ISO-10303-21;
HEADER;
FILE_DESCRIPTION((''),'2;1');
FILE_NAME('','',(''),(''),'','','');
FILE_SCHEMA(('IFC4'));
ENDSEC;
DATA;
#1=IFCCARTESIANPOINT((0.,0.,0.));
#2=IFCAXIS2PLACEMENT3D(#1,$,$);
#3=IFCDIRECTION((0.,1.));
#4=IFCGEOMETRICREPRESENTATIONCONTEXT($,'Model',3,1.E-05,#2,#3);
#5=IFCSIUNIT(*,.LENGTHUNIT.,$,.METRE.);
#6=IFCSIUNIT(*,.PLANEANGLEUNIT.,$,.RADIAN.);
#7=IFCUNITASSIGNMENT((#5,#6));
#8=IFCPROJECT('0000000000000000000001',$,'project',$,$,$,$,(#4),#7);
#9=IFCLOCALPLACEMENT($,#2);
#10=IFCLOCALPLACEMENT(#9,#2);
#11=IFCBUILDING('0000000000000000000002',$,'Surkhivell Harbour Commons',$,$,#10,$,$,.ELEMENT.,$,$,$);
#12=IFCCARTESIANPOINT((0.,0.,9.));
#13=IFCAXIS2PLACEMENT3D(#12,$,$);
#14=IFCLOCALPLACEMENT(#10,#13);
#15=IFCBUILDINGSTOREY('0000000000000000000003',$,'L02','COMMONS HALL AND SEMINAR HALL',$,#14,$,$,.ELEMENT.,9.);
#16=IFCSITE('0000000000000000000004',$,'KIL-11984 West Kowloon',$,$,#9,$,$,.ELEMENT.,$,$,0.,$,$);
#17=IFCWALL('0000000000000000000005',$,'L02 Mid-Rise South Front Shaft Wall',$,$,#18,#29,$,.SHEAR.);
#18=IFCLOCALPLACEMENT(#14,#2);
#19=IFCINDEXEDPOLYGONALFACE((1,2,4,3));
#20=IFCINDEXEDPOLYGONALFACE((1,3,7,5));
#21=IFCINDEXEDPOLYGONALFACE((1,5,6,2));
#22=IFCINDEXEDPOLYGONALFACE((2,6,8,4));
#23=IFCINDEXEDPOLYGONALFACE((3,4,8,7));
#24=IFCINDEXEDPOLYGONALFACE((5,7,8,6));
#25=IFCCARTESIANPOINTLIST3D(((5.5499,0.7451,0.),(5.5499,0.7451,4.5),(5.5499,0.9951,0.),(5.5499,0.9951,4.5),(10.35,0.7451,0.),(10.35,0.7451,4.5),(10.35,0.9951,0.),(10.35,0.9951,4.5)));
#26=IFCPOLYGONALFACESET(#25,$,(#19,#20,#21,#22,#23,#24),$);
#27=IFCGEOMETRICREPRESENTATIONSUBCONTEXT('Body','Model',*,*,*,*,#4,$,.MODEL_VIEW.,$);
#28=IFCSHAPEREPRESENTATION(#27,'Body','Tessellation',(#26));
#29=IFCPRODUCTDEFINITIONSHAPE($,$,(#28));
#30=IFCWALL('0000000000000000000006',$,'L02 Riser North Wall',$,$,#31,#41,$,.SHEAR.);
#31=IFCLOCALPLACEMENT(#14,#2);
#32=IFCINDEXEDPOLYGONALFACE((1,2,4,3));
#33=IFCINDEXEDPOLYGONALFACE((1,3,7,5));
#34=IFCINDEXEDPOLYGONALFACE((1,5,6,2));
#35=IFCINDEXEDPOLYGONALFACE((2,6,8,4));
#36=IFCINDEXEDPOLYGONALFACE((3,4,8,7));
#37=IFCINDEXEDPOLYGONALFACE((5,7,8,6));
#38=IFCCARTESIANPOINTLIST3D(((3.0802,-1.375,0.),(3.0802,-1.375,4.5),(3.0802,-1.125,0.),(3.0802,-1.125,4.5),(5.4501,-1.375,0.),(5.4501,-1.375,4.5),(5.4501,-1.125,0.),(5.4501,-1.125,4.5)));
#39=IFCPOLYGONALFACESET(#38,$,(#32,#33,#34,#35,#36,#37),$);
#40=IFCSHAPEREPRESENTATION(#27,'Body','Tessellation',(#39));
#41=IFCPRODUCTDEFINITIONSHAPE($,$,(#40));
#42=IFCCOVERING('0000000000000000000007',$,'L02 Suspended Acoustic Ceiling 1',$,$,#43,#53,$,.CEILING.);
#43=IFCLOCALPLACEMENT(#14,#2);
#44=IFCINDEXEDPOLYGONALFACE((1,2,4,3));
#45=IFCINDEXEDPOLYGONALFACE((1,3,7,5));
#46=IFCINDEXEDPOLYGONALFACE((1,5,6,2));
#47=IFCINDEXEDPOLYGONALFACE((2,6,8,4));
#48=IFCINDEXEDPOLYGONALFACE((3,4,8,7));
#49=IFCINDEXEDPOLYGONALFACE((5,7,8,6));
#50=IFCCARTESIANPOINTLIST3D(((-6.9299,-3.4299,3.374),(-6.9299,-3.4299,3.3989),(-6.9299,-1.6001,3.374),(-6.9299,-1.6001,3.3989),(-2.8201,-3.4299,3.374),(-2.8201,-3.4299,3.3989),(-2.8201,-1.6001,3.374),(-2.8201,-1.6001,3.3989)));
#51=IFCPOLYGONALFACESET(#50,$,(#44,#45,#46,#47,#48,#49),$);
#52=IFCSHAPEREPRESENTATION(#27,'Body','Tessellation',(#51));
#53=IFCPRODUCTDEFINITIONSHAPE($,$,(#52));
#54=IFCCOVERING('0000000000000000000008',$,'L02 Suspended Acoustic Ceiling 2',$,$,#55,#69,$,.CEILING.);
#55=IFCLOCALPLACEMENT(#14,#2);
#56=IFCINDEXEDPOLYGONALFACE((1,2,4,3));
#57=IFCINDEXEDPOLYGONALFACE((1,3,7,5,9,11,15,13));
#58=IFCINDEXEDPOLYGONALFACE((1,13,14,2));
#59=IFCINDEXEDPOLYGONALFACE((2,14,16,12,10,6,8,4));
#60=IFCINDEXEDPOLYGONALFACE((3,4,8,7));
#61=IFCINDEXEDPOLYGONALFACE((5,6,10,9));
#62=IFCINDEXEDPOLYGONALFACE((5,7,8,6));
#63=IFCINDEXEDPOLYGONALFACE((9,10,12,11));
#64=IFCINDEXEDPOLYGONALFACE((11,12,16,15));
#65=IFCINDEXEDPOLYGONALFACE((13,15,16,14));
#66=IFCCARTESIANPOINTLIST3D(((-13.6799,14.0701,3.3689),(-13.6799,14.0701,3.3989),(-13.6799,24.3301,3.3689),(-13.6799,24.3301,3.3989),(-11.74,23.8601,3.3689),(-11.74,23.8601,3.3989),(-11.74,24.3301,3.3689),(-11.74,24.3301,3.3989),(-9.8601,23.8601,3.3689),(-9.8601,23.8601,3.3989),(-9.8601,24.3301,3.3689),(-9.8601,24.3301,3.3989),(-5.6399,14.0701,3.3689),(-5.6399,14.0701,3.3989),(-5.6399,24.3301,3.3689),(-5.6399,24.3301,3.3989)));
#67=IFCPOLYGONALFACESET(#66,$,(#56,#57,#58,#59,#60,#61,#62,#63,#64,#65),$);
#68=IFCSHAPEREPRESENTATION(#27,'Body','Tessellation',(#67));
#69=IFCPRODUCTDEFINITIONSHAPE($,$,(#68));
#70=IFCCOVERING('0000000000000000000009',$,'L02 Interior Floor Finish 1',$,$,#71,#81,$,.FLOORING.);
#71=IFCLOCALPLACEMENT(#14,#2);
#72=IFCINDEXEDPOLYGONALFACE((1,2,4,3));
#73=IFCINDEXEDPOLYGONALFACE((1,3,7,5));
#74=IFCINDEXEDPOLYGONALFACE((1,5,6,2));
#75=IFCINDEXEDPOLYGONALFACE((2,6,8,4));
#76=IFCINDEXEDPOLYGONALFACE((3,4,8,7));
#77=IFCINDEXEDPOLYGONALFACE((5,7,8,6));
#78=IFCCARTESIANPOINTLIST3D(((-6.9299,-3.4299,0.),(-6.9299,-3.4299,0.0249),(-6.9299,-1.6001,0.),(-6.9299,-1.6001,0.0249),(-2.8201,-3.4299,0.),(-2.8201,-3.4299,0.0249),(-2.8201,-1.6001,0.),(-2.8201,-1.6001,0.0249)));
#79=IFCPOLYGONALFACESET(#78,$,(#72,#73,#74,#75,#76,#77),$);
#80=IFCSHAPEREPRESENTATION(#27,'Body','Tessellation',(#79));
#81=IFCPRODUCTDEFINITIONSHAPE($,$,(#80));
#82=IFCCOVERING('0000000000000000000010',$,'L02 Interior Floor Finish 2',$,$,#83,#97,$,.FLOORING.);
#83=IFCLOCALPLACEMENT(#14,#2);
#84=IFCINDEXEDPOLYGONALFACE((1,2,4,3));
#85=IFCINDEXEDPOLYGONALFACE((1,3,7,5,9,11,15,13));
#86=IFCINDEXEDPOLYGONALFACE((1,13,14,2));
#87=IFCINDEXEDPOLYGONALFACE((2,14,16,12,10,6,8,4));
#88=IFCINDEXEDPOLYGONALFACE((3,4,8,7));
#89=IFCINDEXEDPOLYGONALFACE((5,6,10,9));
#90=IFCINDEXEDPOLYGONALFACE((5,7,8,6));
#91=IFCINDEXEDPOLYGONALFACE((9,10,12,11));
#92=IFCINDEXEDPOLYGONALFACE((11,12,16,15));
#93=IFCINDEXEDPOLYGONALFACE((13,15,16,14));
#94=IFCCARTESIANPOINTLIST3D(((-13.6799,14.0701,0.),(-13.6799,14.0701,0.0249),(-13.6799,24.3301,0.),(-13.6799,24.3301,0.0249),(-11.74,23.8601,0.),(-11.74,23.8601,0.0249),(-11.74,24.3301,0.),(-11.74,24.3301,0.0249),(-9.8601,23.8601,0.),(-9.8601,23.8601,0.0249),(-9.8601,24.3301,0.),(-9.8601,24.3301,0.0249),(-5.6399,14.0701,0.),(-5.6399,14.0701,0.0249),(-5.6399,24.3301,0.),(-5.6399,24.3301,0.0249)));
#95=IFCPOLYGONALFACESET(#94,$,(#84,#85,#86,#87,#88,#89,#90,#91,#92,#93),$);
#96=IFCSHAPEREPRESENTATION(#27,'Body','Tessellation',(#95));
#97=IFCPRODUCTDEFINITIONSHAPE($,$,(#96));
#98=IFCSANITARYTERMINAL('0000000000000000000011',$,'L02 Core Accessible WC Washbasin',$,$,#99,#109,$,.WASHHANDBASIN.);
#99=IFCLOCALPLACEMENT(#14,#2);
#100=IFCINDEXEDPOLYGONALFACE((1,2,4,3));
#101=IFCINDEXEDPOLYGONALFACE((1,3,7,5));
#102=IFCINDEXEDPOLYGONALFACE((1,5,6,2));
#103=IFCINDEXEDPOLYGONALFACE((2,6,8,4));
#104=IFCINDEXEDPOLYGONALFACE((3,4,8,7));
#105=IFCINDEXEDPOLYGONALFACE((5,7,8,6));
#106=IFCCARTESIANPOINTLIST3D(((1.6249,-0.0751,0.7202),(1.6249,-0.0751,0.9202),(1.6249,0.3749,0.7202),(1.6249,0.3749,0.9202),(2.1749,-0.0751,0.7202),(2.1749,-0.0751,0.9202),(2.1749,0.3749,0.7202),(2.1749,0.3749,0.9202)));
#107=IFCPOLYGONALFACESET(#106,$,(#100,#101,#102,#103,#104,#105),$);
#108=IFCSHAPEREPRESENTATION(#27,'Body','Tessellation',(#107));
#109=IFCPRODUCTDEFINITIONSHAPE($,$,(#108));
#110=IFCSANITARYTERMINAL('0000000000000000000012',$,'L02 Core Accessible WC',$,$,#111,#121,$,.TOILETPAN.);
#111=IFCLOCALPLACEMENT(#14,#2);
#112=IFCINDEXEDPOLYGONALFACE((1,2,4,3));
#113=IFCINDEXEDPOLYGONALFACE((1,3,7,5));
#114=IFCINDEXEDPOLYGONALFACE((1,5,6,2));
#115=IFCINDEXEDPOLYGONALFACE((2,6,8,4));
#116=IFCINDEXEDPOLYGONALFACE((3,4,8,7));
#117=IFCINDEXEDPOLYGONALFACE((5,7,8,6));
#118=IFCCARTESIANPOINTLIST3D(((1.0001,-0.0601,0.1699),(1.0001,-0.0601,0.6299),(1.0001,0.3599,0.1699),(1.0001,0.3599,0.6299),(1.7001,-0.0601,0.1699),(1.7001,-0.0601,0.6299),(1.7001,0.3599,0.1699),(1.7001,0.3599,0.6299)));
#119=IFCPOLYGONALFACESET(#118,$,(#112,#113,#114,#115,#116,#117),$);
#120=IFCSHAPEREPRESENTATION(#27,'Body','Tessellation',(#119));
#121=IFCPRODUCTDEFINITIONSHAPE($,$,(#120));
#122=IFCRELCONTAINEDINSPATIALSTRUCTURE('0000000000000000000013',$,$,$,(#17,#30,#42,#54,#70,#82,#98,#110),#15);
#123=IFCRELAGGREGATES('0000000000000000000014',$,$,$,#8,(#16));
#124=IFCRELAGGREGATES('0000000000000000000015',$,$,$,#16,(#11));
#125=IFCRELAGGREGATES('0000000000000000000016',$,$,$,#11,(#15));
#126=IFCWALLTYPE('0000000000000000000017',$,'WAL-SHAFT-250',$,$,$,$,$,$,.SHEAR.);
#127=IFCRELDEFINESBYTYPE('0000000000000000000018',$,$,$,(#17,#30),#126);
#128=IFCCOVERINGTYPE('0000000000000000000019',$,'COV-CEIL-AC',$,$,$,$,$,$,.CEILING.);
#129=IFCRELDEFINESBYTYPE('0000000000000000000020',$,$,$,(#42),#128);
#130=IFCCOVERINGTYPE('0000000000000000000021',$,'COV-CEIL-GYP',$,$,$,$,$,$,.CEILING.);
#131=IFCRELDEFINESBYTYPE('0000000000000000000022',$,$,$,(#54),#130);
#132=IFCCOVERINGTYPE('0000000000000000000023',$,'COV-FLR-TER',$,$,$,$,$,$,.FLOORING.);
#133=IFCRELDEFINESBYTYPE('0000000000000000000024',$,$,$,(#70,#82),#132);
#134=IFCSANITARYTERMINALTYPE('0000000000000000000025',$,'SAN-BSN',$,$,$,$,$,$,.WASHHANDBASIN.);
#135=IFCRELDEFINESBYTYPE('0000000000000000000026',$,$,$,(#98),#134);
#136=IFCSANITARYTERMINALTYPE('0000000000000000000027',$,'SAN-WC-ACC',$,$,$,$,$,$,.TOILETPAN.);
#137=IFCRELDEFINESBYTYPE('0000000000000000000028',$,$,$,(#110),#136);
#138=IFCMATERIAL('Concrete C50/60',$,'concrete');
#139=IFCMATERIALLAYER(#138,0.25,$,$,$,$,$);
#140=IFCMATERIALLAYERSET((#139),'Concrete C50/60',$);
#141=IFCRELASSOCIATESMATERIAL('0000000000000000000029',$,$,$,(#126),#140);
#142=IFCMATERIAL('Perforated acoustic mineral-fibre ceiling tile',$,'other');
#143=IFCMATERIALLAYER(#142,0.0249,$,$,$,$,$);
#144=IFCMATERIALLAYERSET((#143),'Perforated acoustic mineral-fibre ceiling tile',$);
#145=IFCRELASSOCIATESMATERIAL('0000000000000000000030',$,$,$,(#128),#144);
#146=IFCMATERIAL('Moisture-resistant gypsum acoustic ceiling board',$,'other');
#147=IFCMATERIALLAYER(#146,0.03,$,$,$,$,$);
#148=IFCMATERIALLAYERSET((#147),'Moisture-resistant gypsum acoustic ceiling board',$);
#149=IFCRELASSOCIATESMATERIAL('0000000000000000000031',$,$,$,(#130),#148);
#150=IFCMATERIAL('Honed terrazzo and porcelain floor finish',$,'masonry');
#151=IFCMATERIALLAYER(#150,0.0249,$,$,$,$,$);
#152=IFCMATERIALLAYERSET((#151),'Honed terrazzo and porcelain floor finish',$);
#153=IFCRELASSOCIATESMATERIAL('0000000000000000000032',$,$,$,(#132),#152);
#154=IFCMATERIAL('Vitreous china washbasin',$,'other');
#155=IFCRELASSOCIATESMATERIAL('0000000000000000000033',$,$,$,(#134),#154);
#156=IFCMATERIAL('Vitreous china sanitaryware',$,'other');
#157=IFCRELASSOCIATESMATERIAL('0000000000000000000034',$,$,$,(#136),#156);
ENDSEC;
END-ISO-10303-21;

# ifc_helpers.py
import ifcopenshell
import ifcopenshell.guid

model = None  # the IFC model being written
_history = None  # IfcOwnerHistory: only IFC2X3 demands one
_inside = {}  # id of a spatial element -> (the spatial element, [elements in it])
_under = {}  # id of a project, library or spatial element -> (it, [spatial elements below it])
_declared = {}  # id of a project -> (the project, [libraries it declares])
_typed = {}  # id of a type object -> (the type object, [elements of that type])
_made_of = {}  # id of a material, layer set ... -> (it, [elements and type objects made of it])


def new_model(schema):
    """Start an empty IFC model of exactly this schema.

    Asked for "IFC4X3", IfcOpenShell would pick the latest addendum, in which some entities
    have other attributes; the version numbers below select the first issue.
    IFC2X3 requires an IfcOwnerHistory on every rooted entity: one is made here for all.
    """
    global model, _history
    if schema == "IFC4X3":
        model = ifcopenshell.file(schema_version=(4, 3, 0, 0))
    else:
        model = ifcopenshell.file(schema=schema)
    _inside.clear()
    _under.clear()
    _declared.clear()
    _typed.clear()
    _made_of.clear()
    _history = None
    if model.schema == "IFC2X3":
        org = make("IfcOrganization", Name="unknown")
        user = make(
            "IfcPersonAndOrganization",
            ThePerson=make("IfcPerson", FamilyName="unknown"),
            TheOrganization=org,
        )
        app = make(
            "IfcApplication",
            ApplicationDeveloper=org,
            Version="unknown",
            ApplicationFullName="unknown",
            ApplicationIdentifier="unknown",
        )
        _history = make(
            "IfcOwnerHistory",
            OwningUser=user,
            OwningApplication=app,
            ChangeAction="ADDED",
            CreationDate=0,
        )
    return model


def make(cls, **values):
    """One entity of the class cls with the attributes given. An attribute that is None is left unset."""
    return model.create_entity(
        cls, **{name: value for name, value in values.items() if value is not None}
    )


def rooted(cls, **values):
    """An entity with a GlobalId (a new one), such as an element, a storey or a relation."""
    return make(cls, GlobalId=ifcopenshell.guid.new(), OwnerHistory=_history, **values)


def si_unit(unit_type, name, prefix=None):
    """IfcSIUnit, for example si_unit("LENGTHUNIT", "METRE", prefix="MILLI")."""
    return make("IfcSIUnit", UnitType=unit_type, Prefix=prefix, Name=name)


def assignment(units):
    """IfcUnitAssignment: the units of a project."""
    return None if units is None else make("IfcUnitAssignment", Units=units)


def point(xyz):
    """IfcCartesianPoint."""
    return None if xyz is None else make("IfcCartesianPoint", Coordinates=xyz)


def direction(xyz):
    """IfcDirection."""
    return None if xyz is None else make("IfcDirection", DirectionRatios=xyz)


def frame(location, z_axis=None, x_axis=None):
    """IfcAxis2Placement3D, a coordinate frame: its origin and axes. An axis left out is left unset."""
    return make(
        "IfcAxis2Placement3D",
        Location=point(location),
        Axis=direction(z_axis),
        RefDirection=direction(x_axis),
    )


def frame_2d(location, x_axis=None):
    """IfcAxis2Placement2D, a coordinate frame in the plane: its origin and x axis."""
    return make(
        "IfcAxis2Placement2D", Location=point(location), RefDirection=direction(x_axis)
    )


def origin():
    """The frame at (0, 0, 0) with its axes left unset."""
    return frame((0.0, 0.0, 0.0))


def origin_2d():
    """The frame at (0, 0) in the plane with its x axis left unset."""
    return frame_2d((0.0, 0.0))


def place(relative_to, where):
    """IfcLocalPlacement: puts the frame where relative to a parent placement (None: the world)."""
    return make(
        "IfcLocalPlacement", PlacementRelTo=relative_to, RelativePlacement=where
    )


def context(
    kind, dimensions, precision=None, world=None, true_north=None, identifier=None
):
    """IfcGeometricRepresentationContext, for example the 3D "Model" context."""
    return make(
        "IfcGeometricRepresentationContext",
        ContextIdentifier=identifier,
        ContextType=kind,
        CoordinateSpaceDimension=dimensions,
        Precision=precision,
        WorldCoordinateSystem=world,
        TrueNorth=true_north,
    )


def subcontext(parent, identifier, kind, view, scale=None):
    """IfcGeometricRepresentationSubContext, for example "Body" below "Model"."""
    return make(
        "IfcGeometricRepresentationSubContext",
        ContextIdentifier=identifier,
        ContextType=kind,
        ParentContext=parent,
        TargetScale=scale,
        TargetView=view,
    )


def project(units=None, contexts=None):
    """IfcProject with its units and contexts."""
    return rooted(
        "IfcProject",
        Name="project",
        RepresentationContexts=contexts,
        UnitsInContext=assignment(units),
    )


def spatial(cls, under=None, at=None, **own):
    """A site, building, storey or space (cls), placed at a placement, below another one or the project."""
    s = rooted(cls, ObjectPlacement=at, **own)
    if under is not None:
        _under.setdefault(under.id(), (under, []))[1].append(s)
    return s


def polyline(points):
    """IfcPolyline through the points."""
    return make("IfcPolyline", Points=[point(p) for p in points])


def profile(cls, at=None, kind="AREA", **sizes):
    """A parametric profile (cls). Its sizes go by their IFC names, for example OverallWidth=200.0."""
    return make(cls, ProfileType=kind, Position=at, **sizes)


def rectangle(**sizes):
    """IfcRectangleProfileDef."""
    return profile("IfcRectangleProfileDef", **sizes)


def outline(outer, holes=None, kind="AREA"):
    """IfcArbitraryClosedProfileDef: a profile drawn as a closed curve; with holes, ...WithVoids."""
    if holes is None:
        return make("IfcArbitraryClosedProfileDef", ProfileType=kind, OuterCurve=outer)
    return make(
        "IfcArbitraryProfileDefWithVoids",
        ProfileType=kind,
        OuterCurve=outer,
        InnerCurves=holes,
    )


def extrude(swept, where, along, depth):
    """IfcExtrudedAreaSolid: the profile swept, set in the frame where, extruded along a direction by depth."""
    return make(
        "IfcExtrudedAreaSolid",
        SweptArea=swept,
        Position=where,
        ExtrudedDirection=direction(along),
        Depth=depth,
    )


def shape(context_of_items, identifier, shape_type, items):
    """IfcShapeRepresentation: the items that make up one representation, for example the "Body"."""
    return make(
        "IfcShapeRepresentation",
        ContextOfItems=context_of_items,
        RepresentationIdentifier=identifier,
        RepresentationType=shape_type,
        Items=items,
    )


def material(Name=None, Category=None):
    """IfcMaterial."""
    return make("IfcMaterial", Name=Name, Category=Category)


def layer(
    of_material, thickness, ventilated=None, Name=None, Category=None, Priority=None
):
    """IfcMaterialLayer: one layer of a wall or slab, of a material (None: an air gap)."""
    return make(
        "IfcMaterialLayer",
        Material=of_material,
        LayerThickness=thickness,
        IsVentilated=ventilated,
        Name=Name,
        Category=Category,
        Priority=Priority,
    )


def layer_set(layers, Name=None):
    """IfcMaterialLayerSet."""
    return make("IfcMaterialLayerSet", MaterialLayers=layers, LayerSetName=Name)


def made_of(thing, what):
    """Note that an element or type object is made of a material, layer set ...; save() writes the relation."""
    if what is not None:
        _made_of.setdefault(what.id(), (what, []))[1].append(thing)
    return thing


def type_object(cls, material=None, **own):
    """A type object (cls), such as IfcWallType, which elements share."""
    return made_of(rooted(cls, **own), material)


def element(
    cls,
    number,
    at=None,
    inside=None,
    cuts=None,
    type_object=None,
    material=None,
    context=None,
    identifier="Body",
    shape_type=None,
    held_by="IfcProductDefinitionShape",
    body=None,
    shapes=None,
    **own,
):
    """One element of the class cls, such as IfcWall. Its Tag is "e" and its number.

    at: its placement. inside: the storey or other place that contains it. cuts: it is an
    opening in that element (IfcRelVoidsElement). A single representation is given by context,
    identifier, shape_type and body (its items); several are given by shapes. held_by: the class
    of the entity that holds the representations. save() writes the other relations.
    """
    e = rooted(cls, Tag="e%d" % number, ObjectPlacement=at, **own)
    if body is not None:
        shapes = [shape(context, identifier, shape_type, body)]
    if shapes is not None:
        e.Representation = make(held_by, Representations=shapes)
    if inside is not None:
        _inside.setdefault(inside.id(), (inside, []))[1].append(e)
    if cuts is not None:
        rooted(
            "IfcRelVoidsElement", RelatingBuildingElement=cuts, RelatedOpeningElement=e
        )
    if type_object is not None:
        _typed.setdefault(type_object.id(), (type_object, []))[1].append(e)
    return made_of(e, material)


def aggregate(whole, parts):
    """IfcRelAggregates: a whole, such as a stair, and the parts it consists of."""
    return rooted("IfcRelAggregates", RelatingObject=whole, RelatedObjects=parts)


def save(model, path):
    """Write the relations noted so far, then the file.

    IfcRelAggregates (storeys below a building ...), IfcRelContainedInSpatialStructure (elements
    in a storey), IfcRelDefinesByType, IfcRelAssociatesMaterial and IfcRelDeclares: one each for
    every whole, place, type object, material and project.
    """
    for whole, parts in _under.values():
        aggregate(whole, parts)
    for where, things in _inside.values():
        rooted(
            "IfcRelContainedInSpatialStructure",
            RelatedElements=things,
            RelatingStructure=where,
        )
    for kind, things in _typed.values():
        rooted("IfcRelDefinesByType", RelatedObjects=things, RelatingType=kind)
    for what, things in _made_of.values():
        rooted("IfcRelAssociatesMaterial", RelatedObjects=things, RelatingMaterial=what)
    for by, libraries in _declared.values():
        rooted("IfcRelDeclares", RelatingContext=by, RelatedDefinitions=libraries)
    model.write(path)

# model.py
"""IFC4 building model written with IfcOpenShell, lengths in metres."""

from ifc_helpers import new_model, si_unit, direction, frame, frame_2d, origin, origin_2d, place, context, subcontext, project, spatial, polyline, rectangle, outline, extrude, material, layer, layer_set, type_object, element, save


model = new_model("IFC4")

# Units and contexts
model_context = context("Model", 3, precision=1e-05, world=origin(), true_north=direction((0.0, 1.0)))
body_context = subcontext(model_context, "Body", "Model", "MODEL_VIEW")
ifc_project = project(units=[si_unit("LENGTHUNIT", "METRE"), si_unit("PLANEANGLEUNIT", "RADIAN")], contexts=[model_context])

# Site, building, storey
site_placement = place(None, origin())
site = spatial("IfcSite", under=ifc_project, at=site_placement, Name="KIL-11984 West Kowloon", CompositionType="ELEMENT", RefElevation=0.0)
building_placement = place(site_placement, origin())
building = spatial("IfcBuilding", under=site, at=building_placement, Name="Surkhivell Harbour Commons", CompositionType="ELEMENT")
storey_placement = place(building_placement, frame((0.0, 0.0, 9.0)))
storey = spatial("IfcBuildingStorey", under=building, at=storey_placement, Name="L02", Description="COMMONS HALL AND SEMINAR HALL", CompositionType="ELEMENT", Elevation=9.0)

# Shared definitions
ifc_material_1 = material(Name="Concrete C50/60", Category="concrete")
ifc_layer_1 = layer(ifc_material_1, 0.25)
ifc_layer_set_1 = layer_set([ifc_layer_1], Name="Concrete C50/60")
wall_type_1 = type_object("IfcWallType", Name="WAL-SHAFT-250", PredefinedType="SHEAR", material=ifc_layer_set_1)

# Walls
for number, where, z_axis, x_axis, name in (
    (1, (5.55, 0.8701, 0.0), (0.0, 0.0, 1.0), (1.0, 0.0, 0.0), "L02 Mid-Rise South Front Shaft Wall"),
):
    element("IfcWall", number, at=place(storey_placement, frame(where, z_axis=z_axis, x_axis=x_axis)), inside=storey, type_object=wall_type_1, Name=name, PredefinedType="SHEAR", context=body_context, shape_type="SweptSolid", body=[
        extrude(rectangle(XDim=4.8, YDim=0.25, at=frame_2d((2.3999, 0.0))), origin(), (0.0, 0.0, 1.0), 4.5),
    ])
wall_1_placement = place(storey_placement, frame((3.0801, -1.25, 0.0), z_axis=(0.0, 0.0, 1.0), x_axis=(1.0, 0.0, 0.0)))
element("IfcWall", 2, at=wall_1_placement, inside=storey, type_object=wall_type_1, Name="L02 Riser North Wall", PredefinedType="SHEAR", context=body_context, shape_type="SweptSolid", body=[
    extrude(rectangle(XDim=2.3699, YDim=0.25, at=frame_2d((1.1851, 0.0))), origin(), (0.0, 0.0, 1.0), 4.5),
])

# Coverings
ifc_material_2 = material(Name="Perforated acoustic mineral-fibre ceiling tile", Category="other")
ifc_layer_2 = layer(ifc_material_2, 0.0249)
ifc_layer_set_2 = layer_set([ifc_layer_2], Name="Perforated acoustic mineral-fibre ceiling tile")
covering_type_1 = type_object("IfcCoveringType", Name="COV-CEIL-AC", PredefinedType="CEILING", material=ifc_layer_set_2)
covering_1_placement = place(storey_placement, frame((0.0, 0.0, 3.374)))
element("IfcCovering", 3, at=covering_1_placement, inside=storey, type_object=covering_type_1, Name="L02 Suspended Acoustic Ceiling 1", PredefinedType="CEILING", context=body_context, shape_type="SweptSolid", body=[
    extrude(outline(polyline([(-6.9299, -3.4299), (-2.8201, -3.4299), (-2.8201, -1.6001), (-6.9299, -1.6001), (-6.9299, -3.4299)])), origin(), (0.0, 0.0, 1.0), 0.0249),
])
ifc_material_3 = material(Name="Moisture-resistant gypsum acoustic ceiling board", Category="other")
ifc_layer_3 = layer(ifc_material_3, 0.03)
ifc_layer_set_3 = layer_set([ifc_layer_3], Name="Moisture-resistant gypsum acoustic ceiling board")
covering_type_2 = type_object("IfcCoveringType", Name="COV-CEIL-GYP", PredefinedType="CEILING", material=ifc_layer_set_3)
covering_2_placement = place(storey_placement, frame((0.0, 0.0, 3.3689)))
element("IfcCovering", 4, at=covering_2_placement, inside=storey, type_object=covering_type_2, Name="L02 Suspended Acoustic Ceiling 2", PredefinedType="CEILING", context=body_context, shape_type="SweptSolid", body=[
    extrude(outline(polyline([(-5.6399, 24.3301), (-9.8601, 24.3301), (-9.8601, 23.8601), (-11.74, 23.8601), (-11.74, 24.3301), (-13.6799, 24.3301), (-13.6799, 14.0701), (-5.6399, 14.0701), (-5.6399, 24.3301)])), origin(), (0.0, 0.0, 1.0), 0.03),
])
ifc_material_4 = material(Name="Honed terrazzo and porcelain floor finish", Category="masonry")
ifc_layer_4 = layer(ifc_material_4, 0.0249)
ifc_layer_set_4 = layer_set([ifc_layer_4], Name="Honed terrazzo and porcelain floor finish")
covering_type_3 = type_object("IfcCoveringType", Name="COV-FLR-TER", PredefinedType="FLOORING", material=ifc_layer_set_4)
covering_3_placement = place(storey_placement, origin())
element("IfcCovering", 5, at=covering_3_placement, inside=storey, type_object=covering_type_3, Name="L02 Interior Floor Finish 1", PredefinedType="FLOORING", context=body_context, shape_type="SweptSolid", body=[
    extrude(outline(polyline([(-6.9299, -3.4299), (-2.8201, -3.4299), (-2.8201, -1.6001), (-6.9299, -1.6001), (-6.9299, -3.4299)])), origin(), (0.0, 0.0, 1.0), 0.0249),
])
covering_4_placement = place(storey_placement, origin())
element("IfcCovering", 6, at=covering_4_placement, inside=storey, type_object=covering_type_3, Name="L02 Interior Floor Finish 2", PredefinedType="FLOORING", context=body_context, shape_type="SweptSolid", body=[
    extrude(outline(polyline([(-5.6399, 24.3301), (-9.8601, 24.3301), (-9.8601, 23.8601), (-11.74, 23.8601), (-11.74, 24.3301), (-13.6799, 24.3301), (-13.6799, 14.0701), (-5.6399, 14.0701), (-5.6399, 24.3301)])), origin(), (0.0, 0.0, 1.0), 0.0249),
])

# Sanitary terminals
ifc_material_5 = material(Name="Vitreous china washbasin", Category="other")
sanitary_terminal_type_1 = type_object("IfcSanitaryTerminalType", Name="SAN-BSN", PredefinedType="WASHHANDBASIN", material=ifc_material_5)
sanitary_terminal_1_placement = place(storey_placement, frame((1.8999, 0.1499, 0.7202), z_axis=(0.0, 0.0, 1.0), x_axis=(1.0, 0.0, 0.0)))
element("IfcSanitaryTerminal", 7, at=sanitary_terminal_1_placement, inside=storey, type_object=sanitary_terminal_type_1, Name="L02 Core Accessible WC Washbasin", PredefinedType="WASHHANDBASIN", context=body_context, shape_type="SweptSolid", body=[
    extrude(rectangle(XDim=0.55, YDim=0.45, at=origin_2d()), origin(), (0.0, 0.0, 1.0), 0.2),
])
ifc_material_6 = material(Name="Vitreous china sanitaryware", Category="other")
sanitary_terminal_type_2 = type_object("IfcSanitaryTerminalType", Name="SAN-WC-ACC", PredefinedType="TOILETPAN", material=ifc_material_6)
sanitary_terminal_2_placement = place(storey_placement, frame((1.3501, 0.1499, 0.1699), z_axis=(0.0, 0.0, 1.0), x_axis=(1.0, 0.0, 0.0)))
element("IfcSanitaryTerminal", 8, at=sanitary_terminal_2_placement, inside=storey, type_object=sanitary_terminal_type_2, Name="L02 Core Accessible WC", PredefinedType="TOILETPAN", context=body_context, shape_type="SweptSolid", body=[
    extrude(rectangle(XDim=0.7, YDim=0.4199, at=origin_2d()), origin(), (0.0, 0.0, 1.0), 0.46),
])

save(model, "model.ifc")
